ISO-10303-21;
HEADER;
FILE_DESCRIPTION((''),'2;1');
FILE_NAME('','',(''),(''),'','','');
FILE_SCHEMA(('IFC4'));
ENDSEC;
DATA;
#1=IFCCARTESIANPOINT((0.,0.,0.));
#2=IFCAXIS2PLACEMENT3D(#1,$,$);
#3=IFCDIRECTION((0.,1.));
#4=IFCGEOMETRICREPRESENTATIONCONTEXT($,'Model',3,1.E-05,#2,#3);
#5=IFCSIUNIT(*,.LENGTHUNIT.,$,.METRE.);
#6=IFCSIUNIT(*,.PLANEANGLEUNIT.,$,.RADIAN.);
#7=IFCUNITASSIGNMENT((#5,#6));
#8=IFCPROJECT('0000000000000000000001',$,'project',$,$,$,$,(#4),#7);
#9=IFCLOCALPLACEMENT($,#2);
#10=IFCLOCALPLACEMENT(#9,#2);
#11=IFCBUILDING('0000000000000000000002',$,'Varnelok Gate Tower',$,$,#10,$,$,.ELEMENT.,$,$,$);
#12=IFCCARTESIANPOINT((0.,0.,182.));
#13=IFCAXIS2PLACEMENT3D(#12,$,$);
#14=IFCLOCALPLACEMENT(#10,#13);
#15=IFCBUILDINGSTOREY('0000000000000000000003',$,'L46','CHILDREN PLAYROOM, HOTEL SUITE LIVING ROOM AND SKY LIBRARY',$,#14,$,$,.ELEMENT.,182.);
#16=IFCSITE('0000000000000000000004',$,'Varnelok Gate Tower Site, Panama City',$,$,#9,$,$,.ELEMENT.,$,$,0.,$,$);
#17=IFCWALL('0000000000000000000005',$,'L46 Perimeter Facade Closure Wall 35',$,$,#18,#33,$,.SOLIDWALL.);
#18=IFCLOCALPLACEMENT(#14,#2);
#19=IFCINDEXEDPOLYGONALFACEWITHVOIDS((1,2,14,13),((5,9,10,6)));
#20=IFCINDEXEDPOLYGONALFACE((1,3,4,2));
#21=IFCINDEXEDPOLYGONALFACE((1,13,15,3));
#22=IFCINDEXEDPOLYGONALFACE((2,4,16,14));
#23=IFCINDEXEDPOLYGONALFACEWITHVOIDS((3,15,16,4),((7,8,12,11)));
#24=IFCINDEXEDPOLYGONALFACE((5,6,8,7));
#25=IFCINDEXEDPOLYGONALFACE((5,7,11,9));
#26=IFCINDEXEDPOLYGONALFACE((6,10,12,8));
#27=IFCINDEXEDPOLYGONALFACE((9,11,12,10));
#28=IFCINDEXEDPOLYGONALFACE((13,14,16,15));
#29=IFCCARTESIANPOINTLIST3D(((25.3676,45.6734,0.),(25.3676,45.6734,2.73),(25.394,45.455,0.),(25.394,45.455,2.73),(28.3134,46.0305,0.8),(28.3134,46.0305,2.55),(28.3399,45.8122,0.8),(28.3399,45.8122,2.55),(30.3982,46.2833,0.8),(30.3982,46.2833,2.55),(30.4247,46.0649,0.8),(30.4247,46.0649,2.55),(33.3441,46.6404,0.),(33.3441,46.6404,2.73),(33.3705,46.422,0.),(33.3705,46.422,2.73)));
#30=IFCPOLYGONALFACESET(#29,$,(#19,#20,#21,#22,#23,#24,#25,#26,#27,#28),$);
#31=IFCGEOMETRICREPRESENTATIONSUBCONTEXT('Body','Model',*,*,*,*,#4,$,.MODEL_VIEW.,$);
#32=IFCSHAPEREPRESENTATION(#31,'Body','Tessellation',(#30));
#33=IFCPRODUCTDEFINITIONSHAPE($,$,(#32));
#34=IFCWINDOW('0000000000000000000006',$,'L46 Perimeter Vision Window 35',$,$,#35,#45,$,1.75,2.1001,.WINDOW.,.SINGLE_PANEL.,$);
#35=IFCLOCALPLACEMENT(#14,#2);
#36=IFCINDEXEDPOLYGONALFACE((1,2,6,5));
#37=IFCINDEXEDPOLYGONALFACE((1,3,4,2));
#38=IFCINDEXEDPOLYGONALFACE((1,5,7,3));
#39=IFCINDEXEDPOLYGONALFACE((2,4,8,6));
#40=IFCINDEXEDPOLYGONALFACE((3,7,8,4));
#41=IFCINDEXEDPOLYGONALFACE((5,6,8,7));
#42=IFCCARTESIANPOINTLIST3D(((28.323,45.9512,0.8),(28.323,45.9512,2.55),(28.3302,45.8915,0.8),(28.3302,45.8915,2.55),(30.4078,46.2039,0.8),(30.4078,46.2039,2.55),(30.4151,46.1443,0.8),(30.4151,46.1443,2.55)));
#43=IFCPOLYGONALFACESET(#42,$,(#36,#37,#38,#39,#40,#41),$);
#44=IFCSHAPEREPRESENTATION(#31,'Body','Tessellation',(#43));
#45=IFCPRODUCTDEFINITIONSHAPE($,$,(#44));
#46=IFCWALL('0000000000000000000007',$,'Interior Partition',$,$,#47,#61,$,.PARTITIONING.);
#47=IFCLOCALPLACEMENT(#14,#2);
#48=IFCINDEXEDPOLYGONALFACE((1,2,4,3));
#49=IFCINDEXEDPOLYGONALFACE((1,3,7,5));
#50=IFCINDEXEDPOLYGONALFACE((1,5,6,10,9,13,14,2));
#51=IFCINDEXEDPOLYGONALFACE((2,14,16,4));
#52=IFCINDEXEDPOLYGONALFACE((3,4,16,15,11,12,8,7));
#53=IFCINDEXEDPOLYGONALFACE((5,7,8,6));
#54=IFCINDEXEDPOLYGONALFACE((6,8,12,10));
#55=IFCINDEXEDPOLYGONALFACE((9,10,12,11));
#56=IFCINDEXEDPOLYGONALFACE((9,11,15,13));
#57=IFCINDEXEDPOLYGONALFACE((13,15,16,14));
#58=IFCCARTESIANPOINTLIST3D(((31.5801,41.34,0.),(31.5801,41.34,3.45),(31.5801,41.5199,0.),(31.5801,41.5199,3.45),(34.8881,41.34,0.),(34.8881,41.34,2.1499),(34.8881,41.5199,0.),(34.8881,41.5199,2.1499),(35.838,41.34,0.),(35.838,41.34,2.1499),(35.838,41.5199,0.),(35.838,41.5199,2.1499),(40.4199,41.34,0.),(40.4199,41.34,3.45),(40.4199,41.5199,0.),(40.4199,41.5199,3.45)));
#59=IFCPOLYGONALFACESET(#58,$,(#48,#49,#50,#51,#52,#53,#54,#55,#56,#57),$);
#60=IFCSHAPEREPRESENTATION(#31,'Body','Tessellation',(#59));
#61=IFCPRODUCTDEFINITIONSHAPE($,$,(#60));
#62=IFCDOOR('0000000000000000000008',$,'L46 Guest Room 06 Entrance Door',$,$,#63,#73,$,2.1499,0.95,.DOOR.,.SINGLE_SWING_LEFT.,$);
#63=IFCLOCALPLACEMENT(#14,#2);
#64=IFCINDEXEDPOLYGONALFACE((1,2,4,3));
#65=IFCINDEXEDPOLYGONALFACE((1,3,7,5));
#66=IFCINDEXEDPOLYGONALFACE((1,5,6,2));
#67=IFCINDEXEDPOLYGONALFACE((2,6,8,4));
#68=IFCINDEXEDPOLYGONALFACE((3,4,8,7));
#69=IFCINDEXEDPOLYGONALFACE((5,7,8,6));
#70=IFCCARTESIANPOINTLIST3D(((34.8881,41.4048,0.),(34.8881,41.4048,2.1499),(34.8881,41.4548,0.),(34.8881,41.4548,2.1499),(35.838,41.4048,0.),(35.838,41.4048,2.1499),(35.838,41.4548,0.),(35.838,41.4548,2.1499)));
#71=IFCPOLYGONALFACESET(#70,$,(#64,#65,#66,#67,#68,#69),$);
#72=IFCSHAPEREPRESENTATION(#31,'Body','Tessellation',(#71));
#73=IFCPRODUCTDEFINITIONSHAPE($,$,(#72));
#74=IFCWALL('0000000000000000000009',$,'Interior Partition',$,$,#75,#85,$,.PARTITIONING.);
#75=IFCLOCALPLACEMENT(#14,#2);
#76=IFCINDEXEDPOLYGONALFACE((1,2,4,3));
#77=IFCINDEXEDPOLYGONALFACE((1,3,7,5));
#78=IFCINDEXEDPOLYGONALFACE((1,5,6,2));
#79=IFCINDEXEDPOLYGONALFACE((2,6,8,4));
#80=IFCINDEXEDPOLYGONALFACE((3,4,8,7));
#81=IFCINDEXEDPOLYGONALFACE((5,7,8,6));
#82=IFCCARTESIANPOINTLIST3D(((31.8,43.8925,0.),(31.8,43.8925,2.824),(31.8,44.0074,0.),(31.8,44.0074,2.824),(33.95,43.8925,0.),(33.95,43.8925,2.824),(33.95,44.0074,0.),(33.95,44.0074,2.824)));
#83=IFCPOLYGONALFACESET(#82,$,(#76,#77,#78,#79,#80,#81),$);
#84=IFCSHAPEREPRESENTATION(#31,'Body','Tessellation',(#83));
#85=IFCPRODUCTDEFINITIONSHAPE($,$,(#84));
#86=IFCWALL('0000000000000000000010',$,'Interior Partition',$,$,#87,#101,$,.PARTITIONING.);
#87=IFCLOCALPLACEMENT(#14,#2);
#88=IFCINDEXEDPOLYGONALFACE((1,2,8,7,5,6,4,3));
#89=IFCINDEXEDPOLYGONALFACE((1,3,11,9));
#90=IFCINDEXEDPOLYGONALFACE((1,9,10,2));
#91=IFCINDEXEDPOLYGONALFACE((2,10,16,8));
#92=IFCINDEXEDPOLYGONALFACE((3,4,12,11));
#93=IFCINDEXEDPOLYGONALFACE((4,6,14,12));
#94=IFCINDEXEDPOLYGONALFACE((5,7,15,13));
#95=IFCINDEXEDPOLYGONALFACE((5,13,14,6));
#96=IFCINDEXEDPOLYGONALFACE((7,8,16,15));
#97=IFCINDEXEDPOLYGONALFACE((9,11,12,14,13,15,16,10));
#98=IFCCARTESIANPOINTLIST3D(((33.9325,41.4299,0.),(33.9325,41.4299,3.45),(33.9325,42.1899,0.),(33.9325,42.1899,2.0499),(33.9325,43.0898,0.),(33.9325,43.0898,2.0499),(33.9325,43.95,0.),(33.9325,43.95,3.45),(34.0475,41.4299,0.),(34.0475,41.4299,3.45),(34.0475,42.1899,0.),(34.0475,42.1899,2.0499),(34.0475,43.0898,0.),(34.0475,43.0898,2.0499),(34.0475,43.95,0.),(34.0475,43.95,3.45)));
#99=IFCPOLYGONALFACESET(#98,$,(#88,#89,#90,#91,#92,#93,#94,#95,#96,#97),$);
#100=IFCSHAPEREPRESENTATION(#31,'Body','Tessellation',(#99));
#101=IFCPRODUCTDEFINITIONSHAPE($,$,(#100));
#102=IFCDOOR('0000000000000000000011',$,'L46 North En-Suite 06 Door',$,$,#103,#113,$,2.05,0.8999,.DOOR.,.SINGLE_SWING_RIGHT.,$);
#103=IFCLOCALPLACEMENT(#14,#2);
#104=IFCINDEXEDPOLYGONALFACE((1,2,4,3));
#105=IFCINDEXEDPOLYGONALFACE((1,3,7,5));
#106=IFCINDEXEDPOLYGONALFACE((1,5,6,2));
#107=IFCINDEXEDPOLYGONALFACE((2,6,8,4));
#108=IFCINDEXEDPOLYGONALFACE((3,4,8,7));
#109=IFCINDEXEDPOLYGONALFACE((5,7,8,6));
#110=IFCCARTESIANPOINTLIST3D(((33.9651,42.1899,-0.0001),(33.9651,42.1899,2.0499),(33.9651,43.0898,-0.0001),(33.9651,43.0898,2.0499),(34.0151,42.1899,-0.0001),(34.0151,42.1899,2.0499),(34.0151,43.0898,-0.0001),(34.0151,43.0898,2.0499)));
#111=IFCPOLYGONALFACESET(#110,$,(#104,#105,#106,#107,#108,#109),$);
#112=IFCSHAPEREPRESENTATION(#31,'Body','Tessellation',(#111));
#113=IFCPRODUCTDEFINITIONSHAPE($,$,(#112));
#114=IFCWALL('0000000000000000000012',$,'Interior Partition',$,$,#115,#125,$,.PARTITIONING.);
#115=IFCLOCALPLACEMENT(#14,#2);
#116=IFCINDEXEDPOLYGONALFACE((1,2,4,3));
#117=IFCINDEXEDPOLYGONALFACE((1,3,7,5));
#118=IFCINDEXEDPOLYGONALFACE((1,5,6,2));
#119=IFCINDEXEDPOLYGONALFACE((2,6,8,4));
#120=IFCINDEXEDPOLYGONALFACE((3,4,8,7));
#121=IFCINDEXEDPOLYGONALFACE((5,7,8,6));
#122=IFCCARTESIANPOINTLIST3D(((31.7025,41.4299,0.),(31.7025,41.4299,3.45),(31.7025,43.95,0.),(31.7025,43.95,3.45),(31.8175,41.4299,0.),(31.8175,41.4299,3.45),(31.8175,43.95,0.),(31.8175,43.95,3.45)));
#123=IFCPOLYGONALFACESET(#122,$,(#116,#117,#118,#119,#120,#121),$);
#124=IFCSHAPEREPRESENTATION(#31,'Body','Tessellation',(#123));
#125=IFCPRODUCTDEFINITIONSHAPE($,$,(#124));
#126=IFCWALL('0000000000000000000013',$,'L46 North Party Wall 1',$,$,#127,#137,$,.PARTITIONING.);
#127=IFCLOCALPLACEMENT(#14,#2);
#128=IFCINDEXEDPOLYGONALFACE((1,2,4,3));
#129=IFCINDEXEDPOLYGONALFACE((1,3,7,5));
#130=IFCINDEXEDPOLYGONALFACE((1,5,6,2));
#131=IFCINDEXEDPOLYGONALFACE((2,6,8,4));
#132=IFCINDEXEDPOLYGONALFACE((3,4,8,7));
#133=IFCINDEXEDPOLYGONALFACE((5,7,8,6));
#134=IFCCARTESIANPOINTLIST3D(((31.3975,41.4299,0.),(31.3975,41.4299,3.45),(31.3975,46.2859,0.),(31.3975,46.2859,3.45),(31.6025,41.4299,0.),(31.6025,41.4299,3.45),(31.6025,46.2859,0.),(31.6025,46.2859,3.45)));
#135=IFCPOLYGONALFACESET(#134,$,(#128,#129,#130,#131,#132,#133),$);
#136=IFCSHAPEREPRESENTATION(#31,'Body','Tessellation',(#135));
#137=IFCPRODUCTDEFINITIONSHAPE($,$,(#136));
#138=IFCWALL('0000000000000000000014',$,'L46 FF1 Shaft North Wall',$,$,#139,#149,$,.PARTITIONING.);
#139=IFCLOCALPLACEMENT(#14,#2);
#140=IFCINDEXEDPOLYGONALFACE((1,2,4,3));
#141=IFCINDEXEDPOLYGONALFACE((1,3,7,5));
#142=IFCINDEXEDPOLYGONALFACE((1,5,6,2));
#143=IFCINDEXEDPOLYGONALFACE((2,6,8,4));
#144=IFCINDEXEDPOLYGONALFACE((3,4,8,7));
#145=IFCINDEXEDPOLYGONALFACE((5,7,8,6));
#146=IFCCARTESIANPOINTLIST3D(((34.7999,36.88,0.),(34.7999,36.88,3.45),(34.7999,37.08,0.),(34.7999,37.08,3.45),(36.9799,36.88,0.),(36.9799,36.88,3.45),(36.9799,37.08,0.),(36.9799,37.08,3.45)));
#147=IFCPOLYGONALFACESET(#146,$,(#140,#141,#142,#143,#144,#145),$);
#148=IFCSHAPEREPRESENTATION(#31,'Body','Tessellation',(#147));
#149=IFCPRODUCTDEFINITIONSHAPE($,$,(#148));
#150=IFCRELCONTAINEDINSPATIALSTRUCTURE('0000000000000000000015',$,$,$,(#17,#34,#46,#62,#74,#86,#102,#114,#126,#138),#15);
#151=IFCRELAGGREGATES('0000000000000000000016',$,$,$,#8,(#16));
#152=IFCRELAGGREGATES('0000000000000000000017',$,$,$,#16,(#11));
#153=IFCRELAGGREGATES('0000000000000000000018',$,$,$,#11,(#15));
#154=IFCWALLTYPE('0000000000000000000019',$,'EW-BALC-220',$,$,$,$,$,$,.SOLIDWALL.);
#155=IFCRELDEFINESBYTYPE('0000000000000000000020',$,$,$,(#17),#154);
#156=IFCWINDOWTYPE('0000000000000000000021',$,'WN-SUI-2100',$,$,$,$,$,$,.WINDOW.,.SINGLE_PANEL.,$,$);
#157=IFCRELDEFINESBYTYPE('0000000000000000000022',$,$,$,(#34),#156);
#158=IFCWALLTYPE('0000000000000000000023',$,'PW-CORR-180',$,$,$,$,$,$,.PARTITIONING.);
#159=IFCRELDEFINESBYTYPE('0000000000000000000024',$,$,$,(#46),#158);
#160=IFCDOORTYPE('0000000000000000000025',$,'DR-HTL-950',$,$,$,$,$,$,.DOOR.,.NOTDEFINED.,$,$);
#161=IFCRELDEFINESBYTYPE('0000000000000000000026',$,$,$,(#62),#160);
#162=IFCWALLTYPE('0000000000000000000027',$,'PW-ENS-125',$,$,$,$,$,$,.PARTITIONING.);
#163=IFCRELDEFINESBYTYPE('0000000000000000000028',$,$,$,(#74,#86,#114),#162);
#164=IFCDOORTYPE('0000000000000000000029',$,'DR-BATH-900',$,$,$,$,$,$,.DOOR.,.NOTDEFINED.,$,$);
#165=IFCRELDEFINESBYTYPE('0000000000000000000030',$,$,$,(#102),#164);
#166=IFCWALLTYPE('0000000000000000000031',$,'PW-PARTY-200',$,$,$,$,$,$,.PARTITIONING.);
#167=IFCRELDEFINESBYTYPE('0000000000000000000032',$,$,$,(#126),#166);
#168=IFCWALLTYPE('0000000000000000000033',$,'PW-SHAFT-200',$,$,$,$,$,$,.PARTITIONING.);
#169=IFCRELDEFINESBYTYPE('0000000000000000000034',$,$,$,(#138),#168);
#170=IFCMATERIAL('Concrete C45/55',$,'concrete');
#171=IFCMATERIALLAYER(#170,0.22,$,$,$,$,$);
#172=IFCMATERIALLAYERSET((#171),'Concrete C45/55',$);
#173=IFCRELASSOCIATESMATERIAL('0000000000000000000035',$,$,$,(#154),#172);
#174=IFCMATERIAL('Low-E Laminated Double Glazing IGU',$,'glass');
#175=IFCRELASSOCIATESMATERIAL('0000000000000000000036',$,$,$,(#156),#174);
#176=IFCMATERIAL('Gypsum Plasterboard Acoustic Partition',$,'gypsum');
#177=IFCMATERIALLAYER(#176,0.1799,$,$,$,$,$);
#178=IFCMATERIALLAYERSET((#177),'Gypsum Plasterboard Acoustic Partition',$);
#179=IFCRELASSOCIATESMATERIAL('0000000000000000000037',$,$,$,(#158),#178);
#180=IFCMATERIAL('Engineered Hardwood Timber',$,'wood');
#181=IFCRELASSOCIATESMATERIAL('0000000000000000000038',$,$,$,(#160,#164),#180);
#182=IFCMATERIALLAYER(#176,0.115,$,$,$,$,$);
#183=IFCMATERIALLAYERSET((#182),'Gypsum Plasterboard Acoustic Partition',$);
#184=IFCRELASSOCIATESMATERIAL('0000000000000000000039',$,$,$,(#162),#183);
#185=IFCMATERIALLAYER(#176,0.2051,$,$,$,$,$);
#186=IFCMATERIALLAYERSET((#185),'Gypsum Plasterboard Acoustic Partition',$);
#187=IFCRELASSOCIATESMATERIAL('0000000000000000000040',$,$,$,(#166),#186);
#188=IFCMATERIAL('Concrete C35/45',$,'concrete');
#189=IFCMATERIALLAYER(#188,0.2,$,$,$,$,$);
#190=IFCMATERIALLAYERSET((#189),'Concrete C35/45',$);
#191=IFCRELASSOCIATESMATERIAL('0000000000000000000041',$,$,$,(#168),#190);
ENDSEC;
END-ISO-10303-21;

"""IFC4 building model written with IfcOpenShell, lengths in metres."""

from ifc_helpers import new_model, si_unit, direction, frame, frame_2d, origin, place, context, subcontext, project, spatial, rectangle, extrude, material, layer, layer_set, type_object, element, fill, save


model = new_model("IFC4")

# Units and contexts
model_context = context("Model", 3, precision=1e-05, world=origin(), true_north=direction((0.0, 1.0)))
body_context = subcontext(model_context, "Body", "Model", "MODEL_VIEW")
ifc_project = project(units=[si_unit("LENGTHUNIT", "METRE"), si_unit("PLANEANGLEUNIT", "RADIAN")], contexts=[model_context])

# Site, building, storey
site_placement = place(None, origin())
site = spatial("IfcSite", under=ifc_project, at=site_placement, Name="Varnelok Gate Tower Site, Panama City", CompositionType="ELEMENT", RefElevation=0.0)
building_placement = place(site_placement, origin())
building = spatial("IfcBuilding", under=site, at=building_placement, Name="Varnelok Gate Tower", CompositionType="ELEMENT")
storey_placement = place(building_placement, frame((0.0, 0.0, 182.0)))
storey = spatial("IfcBuildingStorey", under=building, at=storey_placement, Name="L46", Description="CHILDREN PLAYROOM, HOTEL SUITE LIVING ROOM AND SKY LIBRARY", CompositionType="ELEMENT", Elevation=182.0)

# Shared definitions
ifc_material_1 = material(Name="Concrete C45/55", Category="concrete")
ifc_layer_1 = layer(ifc_material_1, 0.22)
ifc_layer_set_1 = layer_set([ifc_layer_1], Name="Concrete C45/55")
wall_type_1 = type_object("IfcWallType", Name="EW-BALC-220", PredefinedType="SOLIDWALL", material=ifc_layer_set_1)

# Wall, opening, window
wall_1_placement = place(storey_placement, frame((33.3574, 46.5312, 0.0), z_axis=(0.0, 0.0, 1.0), x_axis=(-0.992731, -0.120354, 0.0)))
wall_1 = element("IfcWall", 1, at=wall_1_placement, inside=storey, type_object=wall_type_1, Name="L46 Perimeter Facade Closure Wall 35", PredefinedType="SOLIDWALL", context=body_context, shape_type="SweptSolid", body=[
    extrude(rectangle(XDim=8.0349, YDim=0.22, at=frame_2d((4.0176, 0.0))), origin(), (0.0, 0.0, 1.0), 2.73),
])
opening_1_placement = place(wall_1_placement, frame((2.9675, 0.0, 0.8)))
opening_1 = element("IfcOpeningElement", 2, at=opening_1_placement, cuts=wall_1, PredefinedType="OPENING", context=body_context, shape_type="SweptSolid", body=[
    extrude(rectangle(XDim=2.1001, YDim=1.75, at=frame_2d((1.05, 0.875))), frame((0.0, 0.1199, 0.0), z_axis=(0.0, -1.0, 0.0), x_axis=(1.0, 0.0, 0.0)), (0.0, 0.0, 1.0), 0.24),
])
ifc_material_2 = material(Name="Low-E Laminated Double Glazing IGU", Category="glass")
window_type = type_object("IfcWindowType", Name="WN-SUI-2100", PartitioningType="SINGLE_PANEL", PredefinedType="WINDOW", material=ifc_material_2)
window_placement = place(opening_1_placement, origin())
window = element("IfcWindow", 3, at=window_placement, inside=storey, type_object=window_type, Name="L46 Perimeter Vision Window 35", OverallHeight=1.75, OverallWidth=2.1001, PartitioningType="SINGLE_PANEL", PredefinedType="WINDOW", context=body_context, shape_type="SweptSolid", body=[
    extrude(rectangle(XDim=2.1001, YDim=1.75, at=frame_2d((1.05, 0.875))), frame((0.0, 0.03, 0.0), z_axis=(0.0, -1.0, 0.0), x_axis=(1.0, 0.0, 0.0)), (0.0, 0.0, 1.0), 0.0601),
])
fill(opening_1, window)

# Wall, opening, door
ifc_material_3 = material(Name="Gypsum Plasterboard Acoustic Partition", Category="gypsum")
ifc_layer_2 = layer(ifc_material_3, 0.1799)
ifc_layer_set_2 = layer_set([ifc_layer_2], Name="Gypsum Plasterboard Acoustic Partition")
wall_type_2 = type_object("IfcWallType", Name="PW-CORR-180", PredefinedType="PARTITIONING", material=ifc_layer_set_2)
wall_2_placement = place(storey_placement, frame((31.5801, 41.4299, 0.0), z_axis=(0.0, 0.0, 1.0), x_axis=(1.0, 0.0, 0.0)))
wall_2 = element("IfcWall", 4, at=wall_2_placement, inside=storey, type_object=wall_type_2, Name="Interior Partition", PredefinedType="PARTITIONING", context=body_context, shape_type="SweptSolid", body=[
    extrude(rectangle(XDim=8.8398, YDim=0.1799, at=frame_2d((4.4199, 0.0))), origin(), (0.0, 0.0, 1.0), 3.45),
])
opening_2_placement = place(wall_2_placement, frame((3.3079, 0.0, 0.0)))
opening_2 = element("IfcOpeningElement", 5, at=opening_2_placement, cuts=wall_2, PredefinedType="OPENING", context=body_context, shape_type="SweptSolid", body=[
    extrude(rectangle(XDim=0.95, YDim=2.1499, at=frame_2d((0.4751, 1.075))), frame((0.0, 0.0999, 0.0), z_axis=(0.0, -1.0, 0.0), x_axis=(1.0, 0.0, 0.0)), (0.0, 0.0, 1.0), 0.2),
])
ifc_material_4 = material(Name="Engineered Hardwood Timber", Category="wood")
door_type_1 = type_object("IfcDoorType", Name="DR-HTL-950", OperationType="NOTDEFINED", PredefinedType="DOOR", material=ifc_material_4)
door_1_placement = place(opening_2_placement, origin())
door_1 = element("IfcDoor", 6, at=door_1_placement, inside=storey, type_object=door_type_1, Name="L46 Guest Room 06 Entrance Door", OperationType="SINGLE_SWING_LEFT", OverallHeight=2.1499, OverallWidth=0.95, PredefinedType="DOOR", context=body_context, shape_type="SweptSolid", body=[
    extrude(rectangle(XDim=0.95, YDim=2.1499, at=frame_2d((0.4751, 1.075))), frame((0.0, 0.0249, 0.0), z_axis=(0.0, -1.0, 0.0), x_axis=(1.0, 0.0, 0.0)), (0.0, 0.0, 1.0), 0.05),
])
fill(opening_2, door_1)

# Wall
ifc_layer_3 = layer(ifc_material_3, 0.115)
ifc_layer_set_3 = layer_set([ifc_layer_3], Name="Gypsum Plasterboard Acoustic Partition")
wall_type_3 = type_object("IfcWallType", Name="PW-ENS-125", PredefinedType="PARTITIONING", material=ifc_layer_set_3)
wall_3_placement = place(storey_placement, frame((31.8, 43.95, 0.0), z_axis=(0.0, 0.0, 1.0), x_axis=(1.0, 0.0, 0.0)))
element("IfcWall", 7, at=wall_3_placement, inside=storey, type_object=wall_type_3, Name="Interior Partition", PredefinedType="PARTITIONING", context=body_context, shape_type="SweptSolid", body=[
    extrude(rectangle(XDim=2.1499, YDim=0.115, at=frame_2d((1.075, 0.0))), origin(), (0.0, 0.0, 1.0), 2.824),
])

# Wall, opening, door
wall_4_placement = place(storey_placement, frame((33.99, 41.4299, 0.0), z_axis=(0.0, 0.0, 1.0), x_axis=(0.0, 1.0, 0.0)))
wall_4 = element("IfcWall", 8, at=wall_4_placement, inside=storey, type_object=wall_type_3, Name="Interior Partition", PredefinedType="PARTITIONING", context=body_context, shape_type="SweptSolid", body=[
    extrude(rectangle(XDim=2.52, YDim=0.115, at=frame_2d((1.26, 0.0))), origin(), (0.0, 0.0, 1.0), 3.45),
])
opening_3_placement = place(wall_4_placement, frame((0.76, 0.0, 0.0)))
opening_3 = element("IfcOpeningElement", 9, at=opening_3_placement, cuts=wall_4, PredefinedType="OPENING", context=body_context, shape_type="SweptSolid", body=[
    extrude(rectangle(XDim=0.8999, YDim=2.05, at=frame_2d((0.45, 1.0249))), frame((0.0, 0.0674, 0.0), z_axis=(0.0, -1.0, 0.0), x_axis=(1.0, 0.0, 0.0)), (0.0, 0.0, 1.0), 0.135),
])
door_type_2 = type_object("IfcDoorType", Name="DR-BATH-900", OperationType="NOTDEFINED", PredefinedType="DOOR", material=ifc_material_4)
door_2_placement = place(opening_3_placement, origin())
door_2 = element("IfcDoor", 10, at=door_2_placement, inside=storey, type_object=door_type_2, Name="L46 North En-Suite 06 Door", OperationType="SINGLE_SWING_RIGHT", OverallHeight=2.05, OverallWidth=0.8999, PredefinedType="DOOR", context=body_context, shape_type="SweptSolid", body=[
    extrude(rectangle(XDim=0.8999, YDim=2.05, at=frame_2d((0.45, 1.0249))), frame((0.0, 0.0249, 0.0), z_axis=(0.0, -1.0, 0.0), x_axis=(1.0, 0.0, 0.0)), (0.0, 0.0, 1.0), 0.05),
])
fill(opening_3, door_2)

# Walls
wall_5_placement = place(storey_placement, frame((31.76, 41.4299, 0.0), z_axis=(0.0, 0.0, 1.0), x_axis=(0.0, 1.0, 0.0)))
element("IfcWall", 11, at=wall_5_placement, inside=storey, type_object=wall_type_3, Name="Interior Partition", PredefinedType="PARTITIONING", context=body_context, shape_type="SweptSolid", body=[
    extrude(rectangle(XDim=2.52, YDim=0.115, at=frame_2d((1.26, 0.0))), origin(), (0.0, 0.0, 1.0), 3.45),
])
ifc_layer_4 = layer(ifc_material_3, 0.2051)
ifc_layer_set_4 = layer_set([ifc_layer_4], Name="Gypsum Plasterboard Acoustic Partition")
wall_type_4 = type_object("IfcWallType", Name="PW-PARTY-200", PredefinedType="PARTITIONING", material=ifc_layer_set_4)
wall_6_placement = place(storey_placement, frame((31.5, 41.4299, 0.0), z_axis=(0.0, 0.0, 1.0), x_axis=(0.0, 1.0, 0.0)))
element("IfcWall", 12, at=wall_6_placement, inside=storey, type_object=wall_type_4, Name="L46 North Party Wall 1", PredefinedType="PARTITIONING", context=body_context, shape_type="SweptSolid", body=[
    extrude(rectangle(XDim=4.856, YDim=0.2051, at=frame_2d((2.428, 0.0))), origin(), (0.0, 0.0, 1.0), 3.45),
])
ifc_material_5 = material(Name="Concrete C35/45", Category="concrete")
ifc_layer_5 = layer(ifc_material_5, 0.2)
ifc_layer_set_5 = layer_set([ifc_layer_5], Name="Concrete C35/45")
wall_type_5 = type_object("IfcWallType", Name="PW-SHAFT-200", PredefinedType="PARTITIONING", material=ifc_layer_set_5)
wall_7_placement = place(storey_placement, frame((34.8, 36.98, 0.0), z_axis=(0.0, 0.0, 1.0), x_axis=(1.0, 0.0, 0.0)))
element("IfcWall", 13, at=wall_7_placement, inside=storey, type_object=wall_type_5, Name="L46 FF1 Shaft North Wall", PredefinedType="PARTITIONING", context=body_context, shape_type="SweptSolid", body=[
    extrude(rectangle(XDim=2.1799, YDim=0.2, at=frame_2d((1.0898, 0.0))), origin(), (0.0, 0.0, 1.0), 3.45),
])

save(model, "model.ifc")
